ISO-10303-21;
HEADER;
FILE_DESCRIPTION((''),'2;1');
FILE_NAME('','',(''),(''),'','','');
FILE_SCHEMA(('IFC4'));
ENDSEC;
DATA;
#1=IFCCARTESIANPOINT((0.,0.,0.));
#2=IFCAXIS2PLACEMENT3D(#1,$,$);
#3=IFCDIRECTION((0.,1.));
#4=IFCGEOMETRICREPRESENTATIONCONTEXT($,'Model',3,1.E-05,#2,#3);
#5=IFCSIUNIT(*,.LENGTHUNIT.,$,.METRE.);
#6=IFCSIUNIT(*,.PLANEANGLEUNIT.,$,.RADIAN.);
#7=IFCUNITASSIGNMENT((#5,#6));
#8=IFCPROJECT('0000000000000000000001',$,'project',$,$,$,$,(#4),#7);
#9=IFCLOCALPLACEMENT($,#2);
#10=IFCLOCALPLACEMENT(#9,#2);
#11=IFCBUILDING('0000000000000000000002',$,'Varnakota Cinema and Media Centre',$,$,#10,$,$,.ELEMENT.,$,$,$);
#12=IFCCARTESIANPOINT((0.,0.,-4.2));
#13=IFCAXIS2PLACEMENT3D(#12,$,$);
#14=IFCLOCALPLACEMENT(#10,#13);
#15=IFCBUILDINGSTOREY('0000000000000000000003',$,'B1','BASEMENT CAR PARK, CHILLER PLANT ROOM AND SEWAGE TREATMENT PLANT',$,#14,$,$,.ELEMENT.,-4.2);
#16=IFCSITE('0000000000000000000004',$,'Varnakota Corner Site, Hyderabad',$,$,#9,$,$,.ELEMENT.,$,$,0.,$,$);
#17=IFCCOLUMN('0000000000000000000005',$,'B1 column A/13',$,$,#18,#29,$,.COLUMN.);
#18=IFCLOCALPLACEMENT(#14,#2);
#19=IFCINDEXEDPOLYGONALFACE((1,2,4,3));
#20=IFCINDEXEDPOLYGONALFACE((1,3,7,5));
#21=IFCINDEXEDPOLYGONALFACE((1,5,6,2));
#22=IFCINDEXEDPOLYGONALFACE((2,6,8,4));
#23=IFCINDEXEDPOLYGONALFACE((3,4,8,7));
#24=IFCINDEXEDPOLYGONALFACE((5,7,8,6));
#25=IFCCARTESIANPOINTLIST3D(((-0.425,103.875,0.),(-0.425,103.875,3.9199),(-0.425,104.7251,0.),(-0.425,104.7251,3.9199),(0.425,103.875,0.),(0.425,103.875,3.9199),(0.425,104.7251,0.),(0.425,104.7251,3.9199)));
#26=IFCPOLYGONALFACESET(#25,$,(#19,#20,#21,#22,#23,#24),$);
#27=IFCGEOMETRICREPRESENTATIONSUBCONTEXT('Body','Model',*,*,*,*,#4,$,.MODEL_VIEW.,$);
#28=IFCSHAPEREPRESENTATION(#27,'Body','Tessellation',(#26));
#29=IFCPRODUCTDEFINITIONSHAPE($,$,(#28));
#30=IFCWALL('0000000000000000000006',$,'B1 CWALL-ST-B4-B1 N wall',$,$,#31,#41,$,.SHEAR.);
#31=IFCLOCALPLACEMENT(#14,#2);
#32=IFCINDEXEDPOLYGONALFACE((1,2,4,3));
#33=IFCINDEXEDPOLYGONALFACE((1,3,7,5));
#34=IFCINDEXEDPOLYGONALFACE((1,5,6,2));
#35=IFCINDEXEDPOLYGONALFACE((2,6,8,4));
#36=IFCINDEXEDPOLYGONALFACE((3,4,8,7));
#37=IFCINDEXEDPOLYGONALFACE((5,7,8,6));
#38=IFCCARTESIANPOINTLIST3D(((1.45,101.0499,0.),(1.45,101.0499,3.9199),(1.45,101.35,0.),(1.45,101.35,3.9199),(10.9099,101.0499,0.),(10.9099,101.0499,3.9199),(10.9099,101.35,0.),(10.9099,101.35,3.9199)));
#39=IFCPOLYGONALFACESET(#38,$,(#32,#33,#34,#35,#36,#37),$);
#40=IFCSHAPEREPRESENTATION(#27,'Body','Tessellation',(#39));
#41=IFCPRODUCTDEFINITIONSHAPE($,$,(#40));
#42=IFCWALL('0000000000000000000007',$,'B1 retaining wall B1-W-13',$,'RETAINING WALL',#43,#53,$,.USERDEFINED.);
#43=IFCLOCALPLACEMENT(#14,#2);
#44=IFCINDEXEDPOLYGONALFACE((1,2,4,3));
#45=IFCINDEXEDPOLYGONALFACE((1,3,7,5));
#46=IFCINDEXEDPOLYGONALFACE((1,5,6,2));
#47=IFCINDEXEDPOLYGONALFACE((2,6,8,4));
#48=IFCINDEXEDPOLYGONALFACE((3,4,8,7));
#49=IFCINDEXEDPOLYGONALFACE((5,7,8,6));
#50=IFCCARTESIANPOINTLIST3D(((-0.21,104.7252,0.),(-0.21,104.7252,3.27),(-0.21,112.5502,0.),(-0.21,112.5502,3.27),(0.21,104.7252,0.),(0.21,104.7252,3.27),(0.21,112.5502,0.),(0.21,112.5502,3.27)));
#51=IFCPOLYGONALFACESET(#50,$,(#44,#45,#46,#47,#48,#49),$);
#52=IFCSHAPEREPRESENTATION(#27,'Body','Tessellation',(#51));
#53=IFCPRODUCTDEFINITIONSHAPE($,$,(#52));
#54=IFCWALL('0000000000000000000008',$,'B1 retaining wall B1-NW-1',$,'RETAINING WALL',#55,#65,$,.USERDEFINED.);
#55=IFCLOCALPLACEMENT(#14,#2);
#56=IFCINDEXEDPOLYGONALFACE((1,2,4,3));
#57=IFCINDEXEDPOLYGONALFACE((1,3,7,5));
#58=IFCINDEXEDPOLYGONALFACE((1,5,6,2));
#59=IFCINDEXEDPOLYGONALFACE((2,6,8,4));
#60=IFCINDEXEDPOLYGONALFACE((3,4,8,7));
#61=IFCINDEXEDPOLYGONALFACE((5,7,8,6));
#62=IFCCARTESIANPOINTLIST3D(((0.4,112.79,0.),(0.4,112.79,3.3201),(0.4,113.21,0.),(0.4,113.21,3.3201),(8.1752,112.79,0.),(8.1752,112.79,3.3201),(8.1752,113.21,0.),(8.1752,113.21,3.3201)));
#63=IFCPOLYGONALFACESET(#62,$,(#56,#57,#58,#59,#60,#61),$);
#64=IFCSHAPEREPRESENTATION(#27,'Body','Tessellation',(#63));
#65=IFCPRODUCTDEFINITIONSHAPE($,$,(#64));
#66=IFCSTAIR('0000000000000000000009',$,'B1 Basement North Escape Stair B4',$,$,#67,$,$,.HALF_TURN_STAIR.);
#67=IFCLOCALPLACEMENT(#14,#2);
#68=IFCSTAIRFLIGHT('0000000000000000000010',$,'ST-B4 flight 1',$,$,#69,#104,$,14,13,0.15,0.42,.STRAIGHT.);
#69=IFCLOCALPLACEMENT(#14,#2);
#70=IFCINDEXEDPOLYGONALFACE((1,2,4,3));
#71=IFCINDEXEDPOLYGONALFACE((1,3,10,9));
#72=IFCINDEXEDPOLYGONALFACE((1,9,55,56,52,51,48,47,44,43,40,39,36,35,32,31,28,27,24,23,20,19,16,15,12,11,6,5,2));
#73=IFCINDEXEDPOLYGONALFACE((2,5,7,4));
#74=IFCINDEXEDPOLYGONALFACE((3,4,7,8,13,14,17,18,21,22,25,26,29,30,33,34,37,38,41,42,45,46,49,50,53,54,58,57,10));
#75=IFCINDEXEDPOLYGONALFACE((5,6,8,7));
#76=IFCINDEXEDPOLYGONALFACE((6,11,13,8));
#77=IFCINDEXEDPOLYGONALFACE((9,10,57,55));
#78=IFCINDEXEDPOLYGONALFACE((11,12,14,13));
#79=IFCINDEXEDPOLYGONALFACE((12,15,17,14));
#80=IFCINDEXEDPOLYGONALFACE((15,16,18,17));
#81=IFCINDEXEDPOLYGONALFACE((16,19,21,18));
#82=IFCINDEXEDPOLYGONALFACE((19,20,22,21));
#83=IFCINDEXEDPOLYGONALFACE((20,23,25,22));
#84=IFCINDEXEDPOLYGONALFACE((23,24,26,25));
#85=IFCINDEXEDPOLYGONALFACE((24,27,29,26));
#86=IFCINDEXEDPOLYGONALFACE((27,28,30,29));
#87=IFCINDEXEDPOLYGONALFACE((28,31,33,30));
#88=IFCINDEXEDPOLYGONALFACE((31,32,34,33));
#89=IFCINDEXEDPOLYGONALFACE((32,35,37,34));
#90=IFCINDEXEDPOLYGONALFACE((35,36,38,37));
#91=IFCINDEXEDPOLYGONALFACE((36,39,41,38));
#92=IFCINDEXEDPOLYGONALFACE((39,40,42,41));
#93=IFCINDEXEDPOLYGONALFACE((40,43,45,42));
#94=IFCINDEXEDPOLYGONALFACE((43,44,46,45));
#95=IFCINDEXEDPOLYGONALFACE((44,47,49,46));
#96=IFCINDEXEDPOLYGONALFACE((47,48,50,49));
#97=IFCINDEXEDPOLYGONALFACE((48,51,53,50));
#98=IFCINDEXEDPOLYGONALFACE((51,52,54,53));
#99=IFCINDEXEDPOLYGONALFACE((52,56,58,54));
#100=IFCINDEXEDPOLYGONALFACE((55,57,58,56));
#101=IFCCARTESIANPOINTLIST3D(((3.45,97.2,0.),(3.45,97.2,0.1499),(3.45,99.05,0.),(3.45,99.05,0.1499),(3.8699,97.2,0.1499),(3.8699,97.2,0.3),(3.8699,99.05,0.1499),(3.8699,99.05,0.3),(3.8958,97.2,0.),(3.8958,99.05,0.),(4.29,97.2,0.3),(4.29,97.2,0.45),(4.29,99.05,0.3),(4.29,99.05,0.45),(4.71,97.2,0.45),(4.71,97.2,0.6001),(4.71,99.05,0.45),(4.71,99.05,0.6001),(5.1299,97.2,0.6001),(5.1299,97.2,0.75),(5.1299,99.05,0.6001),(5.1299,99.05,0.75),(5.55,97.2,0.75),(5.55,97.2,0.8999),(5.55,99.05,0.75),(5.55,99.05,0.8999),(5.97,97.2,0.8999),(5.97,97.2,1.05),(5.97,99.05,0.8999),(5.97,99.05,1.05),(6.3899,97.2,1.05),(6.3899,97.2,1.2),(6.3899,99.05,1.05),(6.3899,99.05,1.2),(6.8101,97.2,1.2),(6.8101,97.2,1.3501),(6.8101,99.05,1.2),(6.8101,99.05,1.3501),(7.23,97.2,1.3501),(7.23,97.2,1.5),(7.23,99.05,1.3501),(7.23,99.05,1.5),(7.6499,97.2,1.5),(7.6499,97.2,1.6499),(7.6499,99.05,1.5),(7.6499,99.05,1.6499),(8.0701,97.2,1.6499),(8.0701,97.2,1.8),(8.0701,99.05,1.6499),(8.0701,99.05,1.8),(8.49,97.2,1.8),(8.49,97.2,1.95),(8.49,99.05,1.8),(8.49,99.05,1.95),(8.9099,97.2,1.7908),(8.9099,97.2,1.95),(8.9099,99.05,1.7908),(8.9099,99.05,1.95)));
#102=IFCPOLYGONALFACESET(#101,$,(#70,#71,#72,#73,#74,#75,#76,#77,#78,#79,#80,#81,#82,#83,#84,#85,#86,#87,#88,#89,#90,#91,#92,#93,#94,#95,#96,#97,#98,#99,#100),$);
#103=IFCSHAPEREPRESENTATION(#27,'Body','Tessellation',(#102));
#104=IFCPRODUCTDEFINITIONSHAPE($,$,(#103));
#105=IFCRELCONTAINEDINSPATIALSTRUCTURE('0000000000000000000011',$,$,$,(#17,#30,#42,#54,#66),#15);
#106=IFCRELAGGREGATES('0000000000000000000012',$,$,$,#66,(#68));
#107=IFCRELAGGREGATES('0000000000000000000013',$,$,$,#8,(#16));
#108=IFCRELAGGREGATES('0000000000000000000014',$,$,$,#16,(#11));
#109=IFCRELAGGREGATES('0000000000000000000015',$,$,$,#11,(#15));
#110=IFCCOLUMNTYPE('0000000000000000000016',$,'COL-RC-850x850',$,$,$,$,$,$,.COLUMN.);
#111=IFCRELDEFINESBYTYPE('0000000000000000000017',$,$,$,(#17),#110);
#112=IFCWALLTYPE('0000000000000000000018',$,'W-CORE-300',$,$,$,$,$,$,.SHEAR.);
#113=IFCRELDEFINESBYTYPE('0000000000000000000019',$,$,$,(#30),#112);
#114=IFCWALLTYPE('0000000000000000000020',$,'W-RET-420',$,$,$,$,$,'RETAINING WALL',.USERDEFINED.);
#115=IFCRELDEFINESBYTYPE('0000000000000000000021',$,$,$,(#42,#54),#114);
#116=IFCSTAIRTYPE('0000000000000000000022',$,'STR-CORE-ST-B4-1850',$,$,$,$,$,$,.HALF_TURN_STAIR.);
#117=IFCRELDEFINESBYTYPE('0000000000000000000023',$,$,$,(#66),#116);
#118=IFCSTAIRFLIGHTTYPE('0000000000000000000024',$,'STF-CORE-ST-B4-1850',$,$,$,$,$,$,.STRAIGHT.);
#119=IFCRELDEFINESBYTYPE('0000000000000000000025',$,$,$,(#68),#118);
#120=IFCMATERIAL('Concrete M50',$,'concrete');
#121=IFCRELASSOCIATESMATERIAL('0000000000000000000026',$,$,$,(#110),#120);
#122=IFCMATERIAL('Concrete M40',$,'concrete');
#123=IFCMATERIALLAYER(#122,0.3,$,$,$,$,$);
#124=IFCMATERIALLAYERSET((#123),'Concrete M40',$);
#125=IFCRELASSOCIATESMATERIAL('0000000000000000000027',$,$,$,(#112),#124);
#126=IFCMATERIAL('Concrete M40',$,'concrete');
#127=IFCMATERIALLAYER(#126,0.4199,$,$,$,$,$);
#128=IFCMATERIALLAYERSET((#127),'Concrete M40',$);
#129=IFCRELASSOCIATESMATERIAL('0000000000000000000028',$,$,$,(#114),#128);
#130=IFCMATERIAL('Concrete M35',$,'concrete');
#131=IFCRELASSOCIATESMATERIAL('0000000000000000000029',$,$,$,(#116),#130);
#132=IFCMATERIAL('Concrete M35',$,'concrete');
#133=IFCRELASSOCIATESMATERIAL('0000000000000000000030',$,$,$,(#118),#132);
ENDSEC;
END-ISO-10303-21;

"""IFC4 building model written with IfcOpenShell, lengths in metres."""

from ifc_helpers import new_model, si_unit, direction, frame, frame_2d, origin, origin_2d, place, context, subcontext, project, spatial, polyline, rectangle, outline, extrude, material, layer, layer_set, material_profile, profile_set, type_object, element, aggregate, save


model = new_model("IFC4")

# Units and contexts
model_context = context("Model", 3, precision=1e-05, world=origin(), true_north=direction((0.0, 1.0)))
body_context = subcontext(model_context, "Body", "Model", "MODEL_VIEW")
ifc_project = project(units=[si_unit("LENGTHUNIT", "METRE"), si_unit("PLANEANGLEUNIT", "RADIAN")], contexts=[model_context])

# Site, building, storey
site_placement = place(None, origin())
site = spatial("IfcSite", under=ifc_project, at=site_placement, Name="Varnakota Corner Site, Hyderabad", CompositionType="ELEMENT", RefElevation=0.0)
building_placement = place(site_placement, origin())
building = spatial("IfcBuilding", under=site, at=building_placement, Name="Varnakota Cinema and Media Centre", CompositionType="ELEMENT")
storey_placement = place(building_placement, frame((0.0, 0.0, -4.2)))
storey = spatial("IfcBuildingStorey", under=building, at=storey_placement, Name="B1", Description="BASEMENT CAR PARK, CHILLER PLANT ROOM AND SEWAGE TREATMENT PLANT", CompositionType="ELEMENT", Elevation=-4.2)

# Column
ifc_material_1 = material(Name="Concrete M50", Category="concrete")
ifc_material_profile_1 = material_profile(ifc_material_1, rectangle(XDim=0.8501, YDim=0.8501, at=origin_2d()), Name="RC 850x850")
ifc_profile_set_1 = profile_set([ifc_material_profile_1], Name="Concrete M50")
column_type_1 = type_object("IfcColumnType", Name="COL-RC-850x850", PredefinedType="COLUMN", material=ifc_profile_set_1)
column_placement = place(storey_placement, frame((0.0, 104.3, 0.0), z_axis=(0.0, 0.0, 1.0), x_axis=(1.0, 0.0, 0.0)))
element("IfcColumn", 1, at=column_placement, inside=storey, type_object=column_type_1, Name="B1 column A/13", PredefinedType="COLUMN", context=body_context, shape_type="SweptSolid", body=[
    extrude(rectangle(XDim=0.8501, YDim=0.8501, at=origin_2d()), origin(), (0.0, 0.0, 1.0), 3.9199),
])

# Walls
ifc_material_2 = material(Name="Concrete M40", Category="concrete")
ifc_layer_1 = layer(ifc_material_2, 0.3)
ifc_layer_set_1 = layer_set([ifc_layer_1], Name="Concrete M40")
wall_type_1 = type_object("IfcWallType", Name="W-CORE-300", PredefinedType="SHEAR", material=ifc_layer_set_1)
wall_1_placement = place(storey_placement, frame((1.45, 101.2, 0.0), z_axis=(0.0, 0.0, 1.0), x_axis=(1.0, 0.0, 0.0)))
element("IfcWall", 2, at=wall_1_placement, inside=storey, type_object=wall_type_1, Name="B1 CWALL-ST-B4-B1 N wall", PredefinedType="SHEAR", context=body_context, shape_type="SweptSolid", body=[
    extrude(rectangle(XDim=9.46, YDim=0.3, at=frame_2d((4.73, 0.0))), origin(), (0.0, 0.0, 1.0), 3.9199),
])
ifc_material_3 = material(Name="Concrete M40", Category="concrete")
ifc_layer_2 = layer(ifc_material_3, 0.4199)
ifc_layer_set_2 = layer_set([ifc_layer_2], Name="Concrete M40")
wall_type_2 = type_object("IfcWallType", Name="W-RET-420", ElementType="RETAINING WALL", PredefinedType="USERDEFINED", material=ifc_layer_set_2)
wall_2_placement = place(storey_placement, frame((0.0, 104.7251, 0.0), z_axis=(0.0, 0.0, 1.0), x_axis=(0.0, 1.0, 0.0)))
element("IfcWall", 3, at=wall_2_placement, inside=storey, type_object=wall_type_2, Name="B1 retaining wall B1-W-13", ObjectType="RETAINING WALL", PredefinedType="USERDEFINED", context=body_context, shape_type="SweptSolid", body=[
    extrude(rectangle(XDim=7.825, YDim=0.4199, at=frame_2d((3.9126, 0.0))), origin(), (0.0, 0.0, 1.0), 3.27),
])
wall_3_placement = place(storey_placement, frame((0.3999, 113.0, 0.0), z_axis=(0.0, 0.0, 1.0), x_axis=(1.0, 0.0, 0.0)))
element("IfcWall", 4, at=wall_3_placement, inside=storey, type_object=wall_type_2, Name="B1 retaining wall B1-NW-1", ObjectType="RETAINING WALL", PredefinedType="USERDEFINED", context=body_context, shape_type="SweptSolid", body=[
    extrude(rectangle(XDim=7.7751, YDim=0.4199, at=frame_2d((3.8877, 0.0))), origin(), (0.0, 0.0, 1.0), 3.3201),
])

# Stair, stair flight
ifc_material_4 = material(Name="Concrete M35", Category="concrete")
stair_type = type_object("IfcStairType", Name="STR-CORE-ST-B4-1850", PredefinedType="HALF_TURN_STAIR", material=ifc_material_4)
stair_placement = place(storey_placement, origin())
stair = element("IfcStair", 5, at=stair_placement, inside=storey, type_object=stair_type, Name="B1 Basement North Escape Stair B4", PredefinedType="HALF_TURN_STAIR")
ifc_material_5 = material(Name="Concrete M35", Category="concrete")
stair_flight_type = type_object("IfcStairFlightType", Name="STF-CORE-ST-B4-1850", PredefinedType="STRAIGHT", material=ifc_material_5)
stair_flight_placement = place(storey_placement, frame((3.45, 98.125, 0.0), z_axis=(0.0, 0.0, 1.0), x_axis=(1.0, 0.0, 0.0)))
stair_flight = element("IfcStairFlight", 6, at=stair_flight_placement, type_object=stair_flight_type, Name="ST-B4 flight 1", NumberOfRisers=14, NumberOfTreads=13, PredefinedType="STRAIGHT", RiserHeight=0.15, TreadLength=0.42, context=body_context, shape_type="SweptSolid", body=[
    extrude(outline(polyline([(0.0, 0.0), (0.0, 0.1499), (0.4199, 0.1499), (0.4199, 0.3), (0.8401, 0.3), (0.8401, 0.45), (1.26, 0.45), (1.26, 0.6001), (1.6799, 0.6001), (1.6799, 0.75), (2.1001, 0.75), (2.1001, 0.8999), (2.52, 0.8999), (2.52, 1.05), (2.9399, 1.05), (2.9399, 1.2), (3.3601, 1.2), (3.3601, 1.3501), (3.78, 1.3501), (3.78, 1.5), (4.2, 1.5), (4.2, 1.6499), (4.6201, 1.6499), (4.6201, 1.8), (5.04, 1.8), (5.04, 1.95), (5.46, 1.95), (5.46, 2.1001), (5.46, 1.7908), (0.4458, 0.0), (0.0, 0.0)])), frame((0.0, 0.925, 0.0), z_axis=(0.0, -1.0, 0.0), x_axis=(1.0, 0.0, 0.0)), (0.0, 0.0, 1.0), 1.8501),
])
aggregate(stair, [stair_flight])

save(model, "model.ifc")
